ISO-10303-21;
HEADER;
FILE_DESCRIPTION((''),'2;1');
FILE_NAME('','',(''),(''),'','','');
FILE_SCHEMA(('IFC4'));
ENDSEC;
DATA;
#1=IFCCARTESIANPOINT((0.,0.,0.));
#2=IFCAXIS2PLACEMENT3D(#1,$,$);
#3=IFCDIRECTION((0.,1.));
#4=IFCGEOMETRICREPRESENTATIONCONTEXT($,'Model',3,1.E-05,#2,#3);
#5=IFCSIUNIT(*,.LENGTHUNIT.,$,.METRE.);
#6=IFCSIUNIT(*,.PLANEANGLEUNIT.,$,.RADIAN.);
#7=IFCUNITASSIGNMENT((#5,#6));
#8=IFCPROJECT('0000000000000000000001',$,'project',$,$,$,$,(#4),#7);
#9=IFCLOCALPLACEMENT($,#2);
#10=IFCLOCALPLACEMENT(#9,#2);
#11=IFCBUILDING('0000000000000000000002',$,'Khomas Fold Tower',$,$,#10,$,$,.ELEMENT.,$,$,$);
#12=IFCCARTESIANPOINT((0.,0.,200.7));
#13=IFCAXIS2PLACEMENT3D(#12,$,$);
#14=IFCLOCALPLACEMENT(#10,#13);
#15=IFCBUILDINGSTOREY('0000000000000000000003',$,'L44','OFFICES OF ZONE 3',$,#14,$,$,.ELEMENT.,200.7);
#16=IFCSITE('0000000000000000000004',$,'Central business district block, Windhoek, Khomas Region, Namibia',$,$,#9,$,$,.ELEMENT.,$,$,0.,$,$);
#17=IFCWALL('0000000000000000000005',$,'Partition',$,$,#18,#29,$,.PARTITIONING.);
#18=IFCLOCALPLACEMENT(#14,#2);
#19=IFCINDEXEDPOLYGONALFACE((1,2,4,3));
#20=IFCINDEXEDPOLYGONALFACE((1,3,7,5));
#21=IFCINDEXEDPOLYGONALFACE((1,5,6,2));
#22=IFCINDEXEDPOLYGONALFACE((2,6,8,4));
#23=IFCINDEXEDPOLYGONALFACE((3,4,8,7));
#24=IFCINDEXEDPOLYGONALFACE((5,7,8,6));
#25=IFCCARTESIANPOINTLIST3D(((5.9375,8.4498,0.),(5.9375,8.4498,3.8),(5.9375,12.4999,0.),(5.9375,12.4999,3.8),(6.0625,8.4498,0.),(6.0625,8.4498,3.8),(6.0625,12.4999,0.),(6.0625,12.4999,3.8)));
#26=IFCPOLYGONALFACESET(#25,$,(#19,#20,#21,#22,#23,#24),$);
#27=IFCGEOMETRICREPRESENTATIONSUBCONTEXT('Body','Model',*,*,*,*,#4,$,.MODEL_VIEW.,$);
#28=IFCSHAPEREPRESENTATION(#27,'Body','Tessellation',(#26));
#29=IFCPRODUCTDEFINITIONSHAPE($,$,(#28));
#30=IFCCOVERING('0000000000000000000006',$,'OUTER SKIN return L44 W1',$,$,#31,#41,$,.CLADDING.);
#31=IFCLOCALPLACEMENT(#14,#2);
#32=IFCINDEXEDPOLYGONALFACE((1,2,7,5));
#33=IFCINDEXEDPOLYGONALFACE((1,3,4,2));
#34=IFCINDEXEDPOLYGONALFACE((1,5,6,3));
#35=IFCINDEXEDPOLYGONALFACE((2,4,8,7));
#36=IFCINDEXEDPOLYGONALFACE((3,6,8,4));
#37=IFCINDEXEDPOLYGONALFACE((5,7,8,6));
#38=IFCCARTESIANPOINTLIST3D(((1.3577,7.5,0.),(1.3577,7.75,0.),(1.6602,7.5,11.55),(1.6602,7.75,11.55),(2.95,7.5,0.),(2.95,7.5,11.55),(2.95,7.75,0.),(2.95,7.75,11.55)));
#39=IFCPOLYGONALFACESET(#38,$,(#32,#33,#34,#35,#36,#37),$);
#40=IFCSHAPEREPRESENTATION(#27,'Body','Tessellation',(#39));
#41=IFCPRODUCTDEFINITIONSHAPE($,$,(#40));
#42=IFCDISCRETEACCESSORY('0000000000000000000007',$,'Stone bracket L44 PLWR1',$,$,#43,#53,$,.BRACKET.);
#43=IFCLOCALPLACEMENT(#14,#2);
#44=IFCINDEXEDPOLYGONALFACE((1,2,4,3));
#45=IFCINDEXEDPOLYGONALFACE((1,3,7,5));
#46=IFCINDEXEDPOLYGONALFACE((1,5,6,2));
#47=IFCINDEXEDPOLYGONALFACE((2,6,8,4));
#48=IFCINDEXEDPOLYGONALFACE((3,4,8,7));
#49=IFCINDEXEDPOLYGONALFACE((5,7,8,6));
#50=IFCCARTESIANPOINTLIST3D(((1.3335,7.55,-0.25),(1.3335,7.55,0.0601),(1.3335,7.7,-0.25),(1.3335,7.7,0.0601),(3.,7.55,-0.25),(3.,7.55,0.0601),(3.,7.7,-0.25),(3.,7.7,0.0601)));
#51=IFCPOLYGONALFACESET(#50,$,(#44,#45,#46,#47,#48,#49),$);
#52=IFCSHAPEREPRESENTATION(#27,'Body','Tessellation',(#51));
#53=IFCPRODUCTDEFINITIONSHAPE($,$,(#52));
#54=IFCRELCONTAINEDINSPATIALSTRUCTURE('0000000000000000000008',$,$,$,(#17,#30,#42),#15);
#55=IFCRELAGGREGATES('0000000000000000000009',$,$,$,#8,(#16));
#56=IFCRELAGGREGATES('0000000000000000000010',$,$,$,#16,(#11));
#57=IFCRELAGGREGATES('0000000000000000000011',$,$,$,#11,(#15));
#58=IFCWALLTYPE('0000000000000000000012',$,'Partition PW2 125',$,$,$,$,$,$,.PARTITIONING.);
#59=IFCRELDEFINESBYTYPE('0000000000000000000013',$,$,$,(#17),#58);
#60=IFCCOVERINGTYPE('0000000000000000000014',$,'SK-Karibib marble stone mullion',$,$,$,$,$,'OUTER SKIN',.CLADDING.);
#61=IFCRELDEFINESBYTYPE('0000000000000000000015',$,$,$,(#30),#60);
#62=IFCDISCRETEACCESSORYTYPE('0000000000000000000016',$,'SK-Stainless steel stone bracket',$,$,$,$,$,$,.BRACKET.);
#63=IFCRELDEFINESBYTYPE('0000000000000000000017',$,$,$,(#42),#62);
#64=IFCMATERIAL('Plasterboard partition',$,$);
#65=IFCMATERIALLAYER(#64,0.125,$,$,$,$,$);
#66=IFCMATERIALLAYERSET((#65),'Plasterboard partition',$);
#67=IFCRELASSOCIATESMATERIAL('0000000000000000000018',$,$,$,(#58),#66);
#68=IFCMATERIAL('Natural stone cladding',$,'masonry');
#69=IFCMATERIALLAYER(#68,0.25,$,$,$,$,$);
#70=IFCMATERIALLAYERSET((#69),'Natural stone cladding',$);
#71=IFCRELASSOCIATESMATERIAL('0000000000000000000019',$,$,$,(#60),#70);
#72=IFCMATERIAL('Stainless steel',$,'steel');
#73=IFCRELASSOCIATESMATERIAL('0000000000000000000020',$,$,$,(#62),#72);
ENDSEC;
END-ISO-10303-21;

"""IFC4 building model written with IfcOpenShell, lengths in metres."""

from ifc_helpers import new_model, si_unit, direction, frame, frame_2d, origin, origin_2d, place, context, subcontext, project, spatial, polyline, rectangle, outline, extrude, source, transform, mapped, material, layer, layer_set, type_object, element, save


model = new_model("IFC4")

# Units and contexts
model_context = context("Model", 3, precision=1e-05, world=origin(), true_north=direction((0.0, 1.0)))
body_context = subcontext(model_context, "Body", "Model", "MODEL_VIEW")
ifc_project = project(units=[si_unit("LENGTHUNIT", "METRE"), si_unit("PLANEANGLEUNIT", "RADIAN")], contexts=[model_context])

# Site, building, storey
site_placement = place(None, origin())
site = spatial("IfcSite", under=ifc_project, at=site_placement, Name="Central business district block, Windhoek, Khomas Region, Namibia", CompositionType="ELEMENT", RefElevation=0.0)
building_placement = place(site_placement, origin())
building = spatial("IfcBuilding", under=site, at=building_placement, Name="Khomas Fold Tower", CompositionType="ELEMENT")
storey_placement = place(building_placement, frame((0.0, 0.0, 200.7)))
storey = spatial("IfcBuildingStorey", under=building, at=storey_placement, Name="L44", Description="OFFICES OF ZONE 3", CompositionType="ELEMENT", Elevation=200.7)

# Shared definitions
ifc_material_1 = material(Name="Plasterboard partition")
ifc_layer_1 = layer(ifc_material_1, 0.125)
ifc_layer_set_1 = layer_set([ifc_layer_1], Name="Plasterboard partition")
wall_type = type_object("IfcWallType", Name="Partition PW2 125", PredefinedType="PARTITIONING", material=ifc_layer_set_1)

# Wall
shared_shape_1 = source(origin(), body_context, "Body", "SweptSolid", [
    extrude(rectangle(XDim=4.05, YDim=0.125, at=frame_2d((2.0249, 0.0))), origin(), (0.0, 0.0, 1.0), 3.8),
])
wall_1_placement = place(storey_placement, frame((6.0, 8.45, 0.0), z_axis=(0.0, 0.0, 1.0), x_axis=(0.0, 1.0, 0.0)))
element("IfcWall", 1, at=wall_1_placement, inside=storey, type_object=wall_type, Name="Partition", PredefinedType="PARTITIONING", context=body_context, shape_type="MappedRepresentation", body=[
    mapped(shared_shape_1, transform((0.0, 0.0, 0.0))),
])

# Covering
ifc_material_2 = material(Name="Natural stone cladding", Category="masonry")
ifc_layer_2 = layer(ifc_material_2, 0.25)
ifc_layer_set_2 = layer_set([ifc_layer_2], Name="Natural stone cladding")
covering_type = type_object("IfcCoveringType", Name="SK-Karibib marble stone mullion", ElementType="OUTER SKIN", PredefinedType="CLADDING", material=ifc_layer_set_2)
covering_placement = place(storey_placement, frame((2.95, 7.5, 11.55), z_axis=(0.0, -1.0, 0.0), x_axis=(-1.0, 0.0, 0.0)))
element("IfcCovering", 2, at=covering_placement, inside=storey, type_object=covering_type, Name="OUTER SKIN return L44 W1", PredefinedType="CLADDING", context=body_context, shape_type="SweptSolid", body=[
    extrude(outline(polyline([(0.0, 0.0), (1.2898, 0.0), (1.5923, 11.55), (0.0, 11.55), (0.0, 0.0)])), origin(), (0.0, 0.0, -1.0), 0.25),
])

# Discrete accessory
ifc_material_3 = material(Name="Stainless steel", Category="steel")
discrete_accessory_type = type_object("IfcDiscreteAccessoryType", Name="SK-Stainless steel stone bracket", PredefinedType="BRACKET", material=ifc_material_3)
shared_shape_2 = source(origin(), body_context, "Body", "SweptSolid", [
    extrude(rectangle(XDim=1.6665, YDim=0.1499, at=origin_2d()), origin(), (0.0, 0.0, 1.0), 0.3101),
])
discrete_accessory_placement = place(storey_placement, frame((2.1667, 7.625, -0.25), z_axis=(0.0, 0.0, 1.0), x_axis=(-1.0, 0.0, 0.0)))
element("IfcDiscreteAccessory", 3, at=discrete_accessory_placement, inside=storey, type_object=discrete_accessory_type, Name="Stone bracket L44 PLWR1", PredefinedType="BRACKET", context=body_context, shape_type="MappedRepresentation", body=[
    mapped(shared_shape_2, transform((0.0, 0.0, 0.0))),
])

save(model, "model.ifc")
